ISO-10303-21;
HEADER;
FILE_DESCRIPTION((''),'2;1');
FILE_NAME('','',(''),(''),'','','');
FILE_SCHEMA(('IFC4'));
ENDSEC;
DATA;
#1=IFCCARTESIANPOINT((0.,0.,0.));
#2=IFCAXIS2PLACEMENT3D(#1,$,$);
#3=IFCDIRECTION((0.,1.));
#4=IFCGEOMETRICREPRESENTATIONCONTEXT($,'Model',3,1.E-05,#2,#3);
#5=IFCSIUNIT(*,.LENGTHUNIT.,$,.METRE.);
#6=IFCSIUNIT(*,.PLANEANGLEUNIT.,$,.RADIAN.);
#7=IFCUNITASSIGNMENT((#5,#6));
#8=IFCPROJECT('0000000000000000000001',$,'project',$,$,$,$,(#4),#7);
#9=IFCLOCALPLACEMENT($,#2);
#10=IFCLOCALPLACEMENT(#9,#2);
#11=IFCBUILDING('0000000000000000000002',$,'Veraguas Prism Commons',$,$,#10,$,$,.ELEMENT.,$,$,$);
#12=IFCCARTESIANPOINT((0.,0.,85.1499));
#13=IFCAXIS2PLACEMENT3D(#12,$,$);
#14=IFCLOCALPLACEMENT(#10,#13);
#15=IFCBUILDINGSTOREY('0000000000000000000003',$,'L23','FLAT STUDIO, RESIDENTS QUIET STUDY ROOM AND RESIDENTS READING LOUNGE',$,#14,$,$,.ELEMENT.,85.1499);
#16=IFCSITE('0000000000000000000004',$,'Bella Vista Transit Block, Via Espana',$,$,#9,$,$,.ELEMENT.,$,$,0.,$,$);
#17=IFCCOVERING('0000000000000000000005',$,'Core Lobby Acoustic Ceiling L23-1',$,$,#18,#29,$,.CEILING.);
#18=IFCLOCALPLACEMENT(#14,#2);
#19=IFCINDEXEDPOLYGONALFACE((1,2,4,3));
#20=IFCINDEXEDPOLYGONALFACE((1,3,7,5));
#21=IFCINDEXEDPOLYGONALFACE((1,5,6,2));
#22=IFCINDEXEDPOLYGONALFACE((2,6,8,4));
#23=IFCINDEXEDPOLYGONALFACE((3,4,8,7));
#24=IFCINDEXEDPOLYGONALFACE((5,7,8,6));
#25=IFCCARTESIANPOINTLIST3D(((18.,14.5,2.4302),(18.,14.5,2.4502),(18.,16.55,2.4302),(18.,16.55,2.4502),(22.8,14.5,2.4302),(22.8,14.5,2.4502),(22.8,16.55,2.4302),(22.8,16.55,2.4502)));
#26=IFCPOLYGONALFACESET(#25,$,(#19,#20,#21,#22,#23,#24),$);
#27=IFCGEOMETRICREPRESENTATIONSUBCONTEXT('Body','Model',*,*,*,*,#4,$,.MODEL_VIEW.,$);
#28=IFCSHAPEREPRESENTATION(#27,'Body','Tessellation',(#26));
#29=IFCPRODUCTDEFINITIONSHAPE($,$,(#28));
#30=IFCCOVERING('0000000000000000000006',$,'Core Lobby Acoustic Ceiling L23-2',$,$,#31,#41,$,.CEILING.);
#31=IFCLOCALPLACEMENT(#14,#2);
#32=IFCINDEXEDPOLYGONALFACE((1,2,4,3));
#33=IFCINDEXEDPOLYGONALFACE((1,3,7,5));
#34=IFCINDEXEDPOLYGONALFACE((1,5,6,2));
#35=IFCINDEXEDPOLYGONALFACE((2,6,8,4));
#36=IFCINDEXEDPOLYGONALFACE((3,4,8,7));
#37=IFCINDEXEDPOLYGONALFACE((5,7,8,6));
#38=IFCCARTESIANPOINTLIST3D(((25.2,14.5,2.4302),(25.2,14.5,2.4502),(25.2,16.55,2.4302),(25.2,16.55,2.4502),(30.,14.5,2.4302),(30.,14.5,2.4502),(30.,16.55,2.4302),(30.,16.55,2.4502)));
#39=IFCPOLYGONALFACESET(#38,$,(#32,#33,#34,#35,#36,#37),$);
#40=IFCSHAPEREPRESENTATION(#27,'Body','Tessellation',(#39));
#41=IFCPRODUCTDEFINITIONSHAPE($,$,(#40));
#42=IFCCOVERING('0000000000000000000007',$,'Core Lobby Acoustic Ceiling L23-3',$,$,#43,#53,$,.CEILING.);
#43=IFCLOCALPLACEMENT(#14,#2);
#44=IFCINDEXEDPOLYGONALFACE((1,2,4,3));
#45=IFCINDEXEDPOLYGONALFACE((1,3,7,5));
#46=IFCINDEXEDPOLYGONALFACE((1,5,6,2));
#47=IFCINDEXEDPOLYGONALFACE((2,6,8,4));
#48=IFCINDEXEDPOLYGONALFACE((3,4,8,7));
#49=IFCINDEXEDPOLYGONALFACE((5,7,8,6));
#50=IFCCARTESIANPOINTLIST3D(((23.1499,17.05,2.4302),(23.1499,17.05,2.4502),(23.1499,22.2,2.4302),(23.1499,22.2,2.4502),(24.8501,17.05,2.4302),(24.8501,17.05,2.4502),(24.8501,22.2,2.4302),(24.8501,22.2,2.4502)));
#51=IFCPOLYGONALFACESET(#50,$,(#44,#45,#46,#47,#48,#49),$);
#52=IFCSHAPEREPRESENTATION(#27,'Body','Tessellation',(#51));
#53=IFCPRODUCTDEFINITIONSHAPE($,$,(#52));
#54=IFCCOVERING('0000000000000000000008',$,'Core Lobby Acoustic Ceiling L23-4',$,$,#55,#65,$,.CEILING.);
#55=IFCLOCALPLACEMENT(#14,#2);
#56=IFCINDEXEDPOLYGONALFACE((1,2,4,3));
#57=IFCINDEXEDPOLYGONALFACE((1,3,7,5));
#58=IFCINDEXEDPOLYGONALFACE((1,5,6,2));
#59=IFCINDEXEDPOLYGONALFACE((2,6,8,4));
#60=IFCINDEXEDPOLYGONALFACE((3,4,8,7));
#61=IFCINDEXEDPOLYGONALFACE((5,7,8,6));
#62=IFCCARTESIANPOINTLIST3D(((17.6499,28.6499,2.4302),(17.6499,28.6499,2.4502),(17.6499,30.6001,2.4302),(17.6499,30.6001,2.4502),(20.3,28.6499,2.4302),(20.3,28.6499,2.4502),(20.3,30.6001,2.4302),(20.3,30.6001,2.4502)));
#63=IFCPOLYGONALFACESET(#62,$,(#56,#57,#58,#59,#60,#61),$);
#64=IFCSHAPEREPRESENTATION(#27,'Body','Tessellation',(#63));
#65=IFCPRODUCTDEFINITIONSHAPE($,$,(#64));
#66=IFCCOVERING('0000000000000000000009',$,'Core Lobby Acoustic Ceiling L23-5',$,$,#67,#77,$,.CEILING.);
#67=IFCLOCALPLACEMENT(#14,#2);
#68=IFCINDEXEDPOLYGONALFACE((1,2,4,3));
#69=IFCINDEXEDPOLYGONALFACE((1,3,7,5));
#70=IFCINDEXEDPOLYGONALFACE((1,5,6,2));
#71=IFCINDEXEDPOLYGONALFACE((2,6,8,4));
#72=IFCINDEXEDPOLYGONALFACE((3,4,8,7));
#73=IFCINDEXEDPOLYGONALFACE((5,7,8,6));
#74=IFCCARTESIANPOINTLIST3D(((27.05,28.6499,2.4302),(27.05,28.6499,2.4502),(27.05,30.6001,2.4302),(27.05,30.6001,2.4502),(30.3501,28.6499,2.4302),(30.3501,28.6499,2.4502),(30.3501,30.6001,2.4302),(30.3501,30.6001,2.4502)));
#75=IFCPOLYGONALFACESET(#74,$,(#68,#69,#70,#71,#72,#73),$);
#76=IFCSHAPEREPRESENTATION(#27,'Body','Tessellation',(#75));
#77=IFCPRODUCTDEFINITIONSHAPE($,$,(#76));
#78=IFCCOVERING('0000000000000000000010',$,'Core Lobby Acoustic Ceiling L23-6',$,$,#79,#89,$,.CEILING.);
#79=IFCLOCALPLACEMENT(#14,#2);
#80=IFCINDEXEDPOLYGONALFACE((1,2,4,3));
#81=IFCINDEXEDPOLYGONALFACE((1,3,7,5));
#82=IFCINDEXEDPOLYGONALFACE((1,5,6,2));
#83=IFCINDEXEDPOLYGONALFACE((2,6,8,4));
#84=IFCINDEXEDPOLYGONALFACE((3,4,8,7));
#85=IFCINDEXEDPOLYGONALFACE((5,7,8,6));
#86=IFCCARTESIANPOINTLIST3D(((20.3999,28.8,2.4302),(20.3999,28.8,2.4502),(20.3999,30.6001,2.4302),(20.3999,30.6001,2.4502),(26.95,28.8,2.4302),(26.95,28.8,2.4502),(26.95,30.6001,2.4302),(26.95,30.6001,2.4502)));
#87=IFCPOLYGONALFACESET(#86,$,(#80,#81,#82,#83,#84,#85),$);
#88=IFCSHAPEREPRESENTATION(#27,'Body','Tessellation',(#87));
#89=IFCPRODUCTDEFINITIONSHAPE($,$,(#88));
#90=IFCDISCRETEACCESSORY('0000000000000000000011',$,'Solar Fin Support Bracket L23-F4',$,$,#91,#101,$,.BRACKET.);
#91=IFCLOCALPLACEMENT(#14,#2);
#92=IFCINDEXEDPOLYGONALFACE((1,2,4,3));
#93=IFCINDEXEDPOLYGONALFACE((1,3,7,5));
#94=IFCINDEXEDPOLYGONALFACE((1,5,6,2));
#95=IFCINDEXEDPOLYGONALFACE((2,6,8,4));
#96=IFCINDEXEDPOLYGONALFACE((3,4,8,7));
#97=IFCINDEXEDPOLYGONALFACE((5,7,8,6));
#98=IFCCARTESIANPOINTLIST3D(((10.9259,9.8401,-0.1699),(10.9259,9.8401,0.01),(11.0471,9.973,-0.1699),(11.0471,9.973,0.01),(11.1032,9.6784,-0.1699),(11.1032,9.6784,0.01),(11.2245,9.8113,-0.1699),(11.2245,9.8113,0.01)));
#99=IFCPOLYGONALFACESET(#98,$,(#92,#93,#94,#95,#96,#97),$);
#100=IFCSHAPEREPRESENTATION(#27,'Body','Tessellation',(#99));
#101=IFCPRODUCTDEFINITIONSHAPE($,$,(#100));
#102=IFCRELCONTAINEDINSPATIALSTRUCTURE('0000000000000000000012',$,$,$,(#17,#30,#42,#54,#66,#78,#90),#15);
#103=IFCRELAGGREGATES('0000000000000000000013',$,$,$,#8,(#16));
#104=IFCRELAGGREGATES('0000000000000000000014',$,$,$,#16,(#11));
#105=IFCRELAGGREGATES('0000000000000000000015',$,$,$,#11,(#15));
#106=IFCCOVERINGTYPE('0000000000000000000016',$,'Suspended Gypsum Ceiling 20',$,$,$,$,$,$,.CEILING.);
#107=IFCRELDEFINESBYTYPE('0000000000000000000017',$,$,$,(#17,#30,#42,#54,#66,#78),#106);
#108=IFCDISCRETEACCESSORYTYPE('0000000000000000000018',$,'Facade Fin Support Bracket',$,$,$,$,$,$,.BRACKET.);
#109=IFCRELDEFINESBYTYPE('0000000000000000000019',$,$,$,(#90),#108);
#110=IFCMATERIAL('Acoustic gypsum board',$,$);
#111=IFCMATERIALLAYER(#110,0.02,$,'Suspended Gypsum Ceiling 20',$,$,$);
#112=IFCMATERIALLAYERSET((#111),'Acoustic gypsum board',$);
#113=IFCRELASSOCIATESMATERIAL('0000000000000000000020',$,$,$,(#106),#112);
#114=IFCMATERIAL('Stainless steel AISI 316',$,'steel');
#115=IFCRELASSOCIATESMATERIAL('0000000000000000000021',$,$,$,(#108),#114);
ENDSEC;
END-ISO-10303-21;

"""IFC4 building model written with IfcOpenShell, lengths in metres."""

from ifc_helpers import new_model, si_unit, direction, frame, origin, origin_2d, place, context, subcontext, project, spatial, polyline, rectangle, outline, extrude, source, transform, mapped, material, layer, layer_set, type_object, element, save


model = new_model("IFC4")

# Units and contexts
model_context = context("Model", 3, precision=1e-05, world=origin(), true_north=direction((0.0, 1.0)))
body_context = subcontext(model_context, "Body", "Model", "MODEL_VIEW")
ifc_project = project(units=[si_unit("LENGTHUNIT", "METRE"), si_unit("PLANEANGLEUNIT", "RADIAN")], contexts=[model_context])

# Site, building, storey
site_placement = place(None, origin())
site = spatial("IfcSite", under=ifc_project, at=site_placement, Name="Bella Vista Transit Block, Via Espana", CompositionType="ELEMENT", RefElevation=0.0)
building_placement = place(site_placement, origin())
building = spatial("IfcBuilding", under=site, at=building_placement, Name="Veraguas Prism Commons", CompositionType="ELEMENT")
storey_placement = place(building_placement, frame((0.0, 0.0, 85.1499)))
storey = spatial("IfcBuildingStorey", under=building, at=storey_placement, Name="L23", Description="FLAT STUDIO, RESIDENTS QUIET STUDY ROOM AND RESIDENTS READING LOUNGE", CompositionType="ELEMENT", Elevation=85.1499)

# Shared definitions
ifc_material_1 = material(Name="Acoustic gypsum board")

# Shared definitions
ifc_material_2 = material(Name="Stainless steel AISI 316", Category="steel")

# Coverings
ifc_layer_1 = layer(ifc_material_1, 0.02, Name="Suspended Gypsum Ceiling 20")
ifc_layer_set_1 = layer_set([ifc_layer_1], Name="Acoustic gypsum board")
covering_type_1 = type_object("IfcCoveringType", Name="Suspended Gypsum Ceiling 20", PredefinedType="CEILING", material=ifc_layer_set_1)
covering_1_placement = place(storey_placement, frame((0.0, 0.0, 2.4302)))
element("IfcCovering", 1, at=covering_1_placement, inside=storey, type_object=covering_type_1, Name="Core Lobby Acoustic Ceiling L23-1", PredefinedType="CEILING", context=body_context, shape_type="SweptSolid", body=[
    extrude(outline(polyline([(18.0, 14.5), (22.8, 14.5), (22.8, 16.55), (18.0, 16.55), (18.0, 14.5)])), origin(), (0.0, 0.0, 1.0), 0.02),
])
covering_2_placement = place(storey_placement, frame((0.0, 0.0, 2.4302)))
element("IfcCovering", 2, at=covering_2_placement, inside=storey, type_object=covering_type_1, Name="Core Lobby Acoustic Ceiling L23-2", PredefinedType="CEILING", context=body_context, shape_type="SweptSolid", body=[
    extrude(outline(polyline([(25.2, 14.5), (30.0, 14.5), (30.0, 16.55), (25.2, 16.55), (25.2, 14.5)])), origin(), (0.0, 0.0, 1.0), 0.02),
])
covering_3_placement = place(storey_placement, frame((0.0, 0.0, 2.4302)))
element("IfcCovering", 3, at=covering_3_placement, inside=storey, type_object=covering_type_1, Name="Core Lobby Acoustic Ceiling L23-3", PredefinedType="CEILING", context=body_context, shape_type="SweptSolid", body=[
    extrude(outline(polyline([(23.1499, 17.05), (24.8501, 17.05), (24.8501, 22.2), (23.1499, 22.2), (23.1499, 17.05)])), origin(), (0.0, 0.0, 1.0), 0.02),
])
covering_4_placement = place(storey_placement, frame((0.0, 0.0, 2.4302)))
element("IfcCovering", 4, at=covering_4_placement, inside=storey, type_object=covering_type_1, Name="Core Lobby Acoustic Ceiling L23-4", PredefinedType="CEILING", context=body_context, shape_type="SweptSolid", body=[
    extrude(outline(polyline([(17.6499, 28.6499), (20.3, 28.6499), (20.3, 30.6001), (17.6499, 30.6001), (17.6499, 28.6499)])), origin(), (0.0, 0.0, 1.0), 0.02),
])
covering_5_placement = place(storey_placement, frame((0.0, 0.0, 2.4302)))
element("IfcCovering", 5, at=covering_5_placement, inside=storey, type_object=covering_type_1, Name="Core Lobby Acoustic Ceiling L23-5", PredefinedType="CEILING", context=body_context, shape_type="SweptSolid", body=[
    extrude(outline(polyline([(27.05, 28.6499), (30.3501, 28.6499), (30.3501, 30.6001), (27.05, 30.6001), (27.05, 28.6499)])), origin(), (0.0, 0.0, 1.0), 0.02),
])
covering_6_placement = place(storey_placement, frame((0.0, 0.0, 2.4302)))
element("IfcCovering", 6, at=covering_6_placement, inside=storey, type_object=covering_type_1, Name="Core Lobby Acoustic Ceiling L23-6", PredefinedType="CEILING", context=body_context, shape_type="SweptSolid", body=[
    extrude(outline(polyline([(20.3999, 28.8), (26.95, 28.8), (26.95, 30.6001), (20.3999, 30.6001), (20.3999, 28.8)])), origin(), (0.0, 0.0, 1.0), 0.02),
])

# Discrete accessory
discrete_accessory_type = type_object("IfcDiscreteAccessoryType", Name="Facade Fin Support Bracket", PredefinedType="BRACKET", material=ifc_material_2)
shared_shape_1 = source(origin(), body_context, "Body", "SweptSolid", [
    extrude(rectangle(XDim=0.24, YDim=0.1799, at=origin_2d()), origin(), (0.0, 0.0, 1.0), 0.1799),
])
discrete_accessory_placement = place(storey_placement, frame((11.0752, 9.8257, -0.1699), z_axis=(0.0, 0.0, 1.0), x_axis=(0.738925, -0.673788, 0.0)))
element("IfcDiscreteAccessory", 7, at=discrete_accessory_placement, inside=storey, type_object=discrete_accessory_type, Name="Solar Fin Support Bracket L23-F4", PredefinedType="BRACKET", context=body_context, shape_type="MappedRepresentation", body=[
    mapped(shared_shape_1, transform((0.0, 0.0, 0.0), scale=1.0)),
])

save(model, "model.ifc")
